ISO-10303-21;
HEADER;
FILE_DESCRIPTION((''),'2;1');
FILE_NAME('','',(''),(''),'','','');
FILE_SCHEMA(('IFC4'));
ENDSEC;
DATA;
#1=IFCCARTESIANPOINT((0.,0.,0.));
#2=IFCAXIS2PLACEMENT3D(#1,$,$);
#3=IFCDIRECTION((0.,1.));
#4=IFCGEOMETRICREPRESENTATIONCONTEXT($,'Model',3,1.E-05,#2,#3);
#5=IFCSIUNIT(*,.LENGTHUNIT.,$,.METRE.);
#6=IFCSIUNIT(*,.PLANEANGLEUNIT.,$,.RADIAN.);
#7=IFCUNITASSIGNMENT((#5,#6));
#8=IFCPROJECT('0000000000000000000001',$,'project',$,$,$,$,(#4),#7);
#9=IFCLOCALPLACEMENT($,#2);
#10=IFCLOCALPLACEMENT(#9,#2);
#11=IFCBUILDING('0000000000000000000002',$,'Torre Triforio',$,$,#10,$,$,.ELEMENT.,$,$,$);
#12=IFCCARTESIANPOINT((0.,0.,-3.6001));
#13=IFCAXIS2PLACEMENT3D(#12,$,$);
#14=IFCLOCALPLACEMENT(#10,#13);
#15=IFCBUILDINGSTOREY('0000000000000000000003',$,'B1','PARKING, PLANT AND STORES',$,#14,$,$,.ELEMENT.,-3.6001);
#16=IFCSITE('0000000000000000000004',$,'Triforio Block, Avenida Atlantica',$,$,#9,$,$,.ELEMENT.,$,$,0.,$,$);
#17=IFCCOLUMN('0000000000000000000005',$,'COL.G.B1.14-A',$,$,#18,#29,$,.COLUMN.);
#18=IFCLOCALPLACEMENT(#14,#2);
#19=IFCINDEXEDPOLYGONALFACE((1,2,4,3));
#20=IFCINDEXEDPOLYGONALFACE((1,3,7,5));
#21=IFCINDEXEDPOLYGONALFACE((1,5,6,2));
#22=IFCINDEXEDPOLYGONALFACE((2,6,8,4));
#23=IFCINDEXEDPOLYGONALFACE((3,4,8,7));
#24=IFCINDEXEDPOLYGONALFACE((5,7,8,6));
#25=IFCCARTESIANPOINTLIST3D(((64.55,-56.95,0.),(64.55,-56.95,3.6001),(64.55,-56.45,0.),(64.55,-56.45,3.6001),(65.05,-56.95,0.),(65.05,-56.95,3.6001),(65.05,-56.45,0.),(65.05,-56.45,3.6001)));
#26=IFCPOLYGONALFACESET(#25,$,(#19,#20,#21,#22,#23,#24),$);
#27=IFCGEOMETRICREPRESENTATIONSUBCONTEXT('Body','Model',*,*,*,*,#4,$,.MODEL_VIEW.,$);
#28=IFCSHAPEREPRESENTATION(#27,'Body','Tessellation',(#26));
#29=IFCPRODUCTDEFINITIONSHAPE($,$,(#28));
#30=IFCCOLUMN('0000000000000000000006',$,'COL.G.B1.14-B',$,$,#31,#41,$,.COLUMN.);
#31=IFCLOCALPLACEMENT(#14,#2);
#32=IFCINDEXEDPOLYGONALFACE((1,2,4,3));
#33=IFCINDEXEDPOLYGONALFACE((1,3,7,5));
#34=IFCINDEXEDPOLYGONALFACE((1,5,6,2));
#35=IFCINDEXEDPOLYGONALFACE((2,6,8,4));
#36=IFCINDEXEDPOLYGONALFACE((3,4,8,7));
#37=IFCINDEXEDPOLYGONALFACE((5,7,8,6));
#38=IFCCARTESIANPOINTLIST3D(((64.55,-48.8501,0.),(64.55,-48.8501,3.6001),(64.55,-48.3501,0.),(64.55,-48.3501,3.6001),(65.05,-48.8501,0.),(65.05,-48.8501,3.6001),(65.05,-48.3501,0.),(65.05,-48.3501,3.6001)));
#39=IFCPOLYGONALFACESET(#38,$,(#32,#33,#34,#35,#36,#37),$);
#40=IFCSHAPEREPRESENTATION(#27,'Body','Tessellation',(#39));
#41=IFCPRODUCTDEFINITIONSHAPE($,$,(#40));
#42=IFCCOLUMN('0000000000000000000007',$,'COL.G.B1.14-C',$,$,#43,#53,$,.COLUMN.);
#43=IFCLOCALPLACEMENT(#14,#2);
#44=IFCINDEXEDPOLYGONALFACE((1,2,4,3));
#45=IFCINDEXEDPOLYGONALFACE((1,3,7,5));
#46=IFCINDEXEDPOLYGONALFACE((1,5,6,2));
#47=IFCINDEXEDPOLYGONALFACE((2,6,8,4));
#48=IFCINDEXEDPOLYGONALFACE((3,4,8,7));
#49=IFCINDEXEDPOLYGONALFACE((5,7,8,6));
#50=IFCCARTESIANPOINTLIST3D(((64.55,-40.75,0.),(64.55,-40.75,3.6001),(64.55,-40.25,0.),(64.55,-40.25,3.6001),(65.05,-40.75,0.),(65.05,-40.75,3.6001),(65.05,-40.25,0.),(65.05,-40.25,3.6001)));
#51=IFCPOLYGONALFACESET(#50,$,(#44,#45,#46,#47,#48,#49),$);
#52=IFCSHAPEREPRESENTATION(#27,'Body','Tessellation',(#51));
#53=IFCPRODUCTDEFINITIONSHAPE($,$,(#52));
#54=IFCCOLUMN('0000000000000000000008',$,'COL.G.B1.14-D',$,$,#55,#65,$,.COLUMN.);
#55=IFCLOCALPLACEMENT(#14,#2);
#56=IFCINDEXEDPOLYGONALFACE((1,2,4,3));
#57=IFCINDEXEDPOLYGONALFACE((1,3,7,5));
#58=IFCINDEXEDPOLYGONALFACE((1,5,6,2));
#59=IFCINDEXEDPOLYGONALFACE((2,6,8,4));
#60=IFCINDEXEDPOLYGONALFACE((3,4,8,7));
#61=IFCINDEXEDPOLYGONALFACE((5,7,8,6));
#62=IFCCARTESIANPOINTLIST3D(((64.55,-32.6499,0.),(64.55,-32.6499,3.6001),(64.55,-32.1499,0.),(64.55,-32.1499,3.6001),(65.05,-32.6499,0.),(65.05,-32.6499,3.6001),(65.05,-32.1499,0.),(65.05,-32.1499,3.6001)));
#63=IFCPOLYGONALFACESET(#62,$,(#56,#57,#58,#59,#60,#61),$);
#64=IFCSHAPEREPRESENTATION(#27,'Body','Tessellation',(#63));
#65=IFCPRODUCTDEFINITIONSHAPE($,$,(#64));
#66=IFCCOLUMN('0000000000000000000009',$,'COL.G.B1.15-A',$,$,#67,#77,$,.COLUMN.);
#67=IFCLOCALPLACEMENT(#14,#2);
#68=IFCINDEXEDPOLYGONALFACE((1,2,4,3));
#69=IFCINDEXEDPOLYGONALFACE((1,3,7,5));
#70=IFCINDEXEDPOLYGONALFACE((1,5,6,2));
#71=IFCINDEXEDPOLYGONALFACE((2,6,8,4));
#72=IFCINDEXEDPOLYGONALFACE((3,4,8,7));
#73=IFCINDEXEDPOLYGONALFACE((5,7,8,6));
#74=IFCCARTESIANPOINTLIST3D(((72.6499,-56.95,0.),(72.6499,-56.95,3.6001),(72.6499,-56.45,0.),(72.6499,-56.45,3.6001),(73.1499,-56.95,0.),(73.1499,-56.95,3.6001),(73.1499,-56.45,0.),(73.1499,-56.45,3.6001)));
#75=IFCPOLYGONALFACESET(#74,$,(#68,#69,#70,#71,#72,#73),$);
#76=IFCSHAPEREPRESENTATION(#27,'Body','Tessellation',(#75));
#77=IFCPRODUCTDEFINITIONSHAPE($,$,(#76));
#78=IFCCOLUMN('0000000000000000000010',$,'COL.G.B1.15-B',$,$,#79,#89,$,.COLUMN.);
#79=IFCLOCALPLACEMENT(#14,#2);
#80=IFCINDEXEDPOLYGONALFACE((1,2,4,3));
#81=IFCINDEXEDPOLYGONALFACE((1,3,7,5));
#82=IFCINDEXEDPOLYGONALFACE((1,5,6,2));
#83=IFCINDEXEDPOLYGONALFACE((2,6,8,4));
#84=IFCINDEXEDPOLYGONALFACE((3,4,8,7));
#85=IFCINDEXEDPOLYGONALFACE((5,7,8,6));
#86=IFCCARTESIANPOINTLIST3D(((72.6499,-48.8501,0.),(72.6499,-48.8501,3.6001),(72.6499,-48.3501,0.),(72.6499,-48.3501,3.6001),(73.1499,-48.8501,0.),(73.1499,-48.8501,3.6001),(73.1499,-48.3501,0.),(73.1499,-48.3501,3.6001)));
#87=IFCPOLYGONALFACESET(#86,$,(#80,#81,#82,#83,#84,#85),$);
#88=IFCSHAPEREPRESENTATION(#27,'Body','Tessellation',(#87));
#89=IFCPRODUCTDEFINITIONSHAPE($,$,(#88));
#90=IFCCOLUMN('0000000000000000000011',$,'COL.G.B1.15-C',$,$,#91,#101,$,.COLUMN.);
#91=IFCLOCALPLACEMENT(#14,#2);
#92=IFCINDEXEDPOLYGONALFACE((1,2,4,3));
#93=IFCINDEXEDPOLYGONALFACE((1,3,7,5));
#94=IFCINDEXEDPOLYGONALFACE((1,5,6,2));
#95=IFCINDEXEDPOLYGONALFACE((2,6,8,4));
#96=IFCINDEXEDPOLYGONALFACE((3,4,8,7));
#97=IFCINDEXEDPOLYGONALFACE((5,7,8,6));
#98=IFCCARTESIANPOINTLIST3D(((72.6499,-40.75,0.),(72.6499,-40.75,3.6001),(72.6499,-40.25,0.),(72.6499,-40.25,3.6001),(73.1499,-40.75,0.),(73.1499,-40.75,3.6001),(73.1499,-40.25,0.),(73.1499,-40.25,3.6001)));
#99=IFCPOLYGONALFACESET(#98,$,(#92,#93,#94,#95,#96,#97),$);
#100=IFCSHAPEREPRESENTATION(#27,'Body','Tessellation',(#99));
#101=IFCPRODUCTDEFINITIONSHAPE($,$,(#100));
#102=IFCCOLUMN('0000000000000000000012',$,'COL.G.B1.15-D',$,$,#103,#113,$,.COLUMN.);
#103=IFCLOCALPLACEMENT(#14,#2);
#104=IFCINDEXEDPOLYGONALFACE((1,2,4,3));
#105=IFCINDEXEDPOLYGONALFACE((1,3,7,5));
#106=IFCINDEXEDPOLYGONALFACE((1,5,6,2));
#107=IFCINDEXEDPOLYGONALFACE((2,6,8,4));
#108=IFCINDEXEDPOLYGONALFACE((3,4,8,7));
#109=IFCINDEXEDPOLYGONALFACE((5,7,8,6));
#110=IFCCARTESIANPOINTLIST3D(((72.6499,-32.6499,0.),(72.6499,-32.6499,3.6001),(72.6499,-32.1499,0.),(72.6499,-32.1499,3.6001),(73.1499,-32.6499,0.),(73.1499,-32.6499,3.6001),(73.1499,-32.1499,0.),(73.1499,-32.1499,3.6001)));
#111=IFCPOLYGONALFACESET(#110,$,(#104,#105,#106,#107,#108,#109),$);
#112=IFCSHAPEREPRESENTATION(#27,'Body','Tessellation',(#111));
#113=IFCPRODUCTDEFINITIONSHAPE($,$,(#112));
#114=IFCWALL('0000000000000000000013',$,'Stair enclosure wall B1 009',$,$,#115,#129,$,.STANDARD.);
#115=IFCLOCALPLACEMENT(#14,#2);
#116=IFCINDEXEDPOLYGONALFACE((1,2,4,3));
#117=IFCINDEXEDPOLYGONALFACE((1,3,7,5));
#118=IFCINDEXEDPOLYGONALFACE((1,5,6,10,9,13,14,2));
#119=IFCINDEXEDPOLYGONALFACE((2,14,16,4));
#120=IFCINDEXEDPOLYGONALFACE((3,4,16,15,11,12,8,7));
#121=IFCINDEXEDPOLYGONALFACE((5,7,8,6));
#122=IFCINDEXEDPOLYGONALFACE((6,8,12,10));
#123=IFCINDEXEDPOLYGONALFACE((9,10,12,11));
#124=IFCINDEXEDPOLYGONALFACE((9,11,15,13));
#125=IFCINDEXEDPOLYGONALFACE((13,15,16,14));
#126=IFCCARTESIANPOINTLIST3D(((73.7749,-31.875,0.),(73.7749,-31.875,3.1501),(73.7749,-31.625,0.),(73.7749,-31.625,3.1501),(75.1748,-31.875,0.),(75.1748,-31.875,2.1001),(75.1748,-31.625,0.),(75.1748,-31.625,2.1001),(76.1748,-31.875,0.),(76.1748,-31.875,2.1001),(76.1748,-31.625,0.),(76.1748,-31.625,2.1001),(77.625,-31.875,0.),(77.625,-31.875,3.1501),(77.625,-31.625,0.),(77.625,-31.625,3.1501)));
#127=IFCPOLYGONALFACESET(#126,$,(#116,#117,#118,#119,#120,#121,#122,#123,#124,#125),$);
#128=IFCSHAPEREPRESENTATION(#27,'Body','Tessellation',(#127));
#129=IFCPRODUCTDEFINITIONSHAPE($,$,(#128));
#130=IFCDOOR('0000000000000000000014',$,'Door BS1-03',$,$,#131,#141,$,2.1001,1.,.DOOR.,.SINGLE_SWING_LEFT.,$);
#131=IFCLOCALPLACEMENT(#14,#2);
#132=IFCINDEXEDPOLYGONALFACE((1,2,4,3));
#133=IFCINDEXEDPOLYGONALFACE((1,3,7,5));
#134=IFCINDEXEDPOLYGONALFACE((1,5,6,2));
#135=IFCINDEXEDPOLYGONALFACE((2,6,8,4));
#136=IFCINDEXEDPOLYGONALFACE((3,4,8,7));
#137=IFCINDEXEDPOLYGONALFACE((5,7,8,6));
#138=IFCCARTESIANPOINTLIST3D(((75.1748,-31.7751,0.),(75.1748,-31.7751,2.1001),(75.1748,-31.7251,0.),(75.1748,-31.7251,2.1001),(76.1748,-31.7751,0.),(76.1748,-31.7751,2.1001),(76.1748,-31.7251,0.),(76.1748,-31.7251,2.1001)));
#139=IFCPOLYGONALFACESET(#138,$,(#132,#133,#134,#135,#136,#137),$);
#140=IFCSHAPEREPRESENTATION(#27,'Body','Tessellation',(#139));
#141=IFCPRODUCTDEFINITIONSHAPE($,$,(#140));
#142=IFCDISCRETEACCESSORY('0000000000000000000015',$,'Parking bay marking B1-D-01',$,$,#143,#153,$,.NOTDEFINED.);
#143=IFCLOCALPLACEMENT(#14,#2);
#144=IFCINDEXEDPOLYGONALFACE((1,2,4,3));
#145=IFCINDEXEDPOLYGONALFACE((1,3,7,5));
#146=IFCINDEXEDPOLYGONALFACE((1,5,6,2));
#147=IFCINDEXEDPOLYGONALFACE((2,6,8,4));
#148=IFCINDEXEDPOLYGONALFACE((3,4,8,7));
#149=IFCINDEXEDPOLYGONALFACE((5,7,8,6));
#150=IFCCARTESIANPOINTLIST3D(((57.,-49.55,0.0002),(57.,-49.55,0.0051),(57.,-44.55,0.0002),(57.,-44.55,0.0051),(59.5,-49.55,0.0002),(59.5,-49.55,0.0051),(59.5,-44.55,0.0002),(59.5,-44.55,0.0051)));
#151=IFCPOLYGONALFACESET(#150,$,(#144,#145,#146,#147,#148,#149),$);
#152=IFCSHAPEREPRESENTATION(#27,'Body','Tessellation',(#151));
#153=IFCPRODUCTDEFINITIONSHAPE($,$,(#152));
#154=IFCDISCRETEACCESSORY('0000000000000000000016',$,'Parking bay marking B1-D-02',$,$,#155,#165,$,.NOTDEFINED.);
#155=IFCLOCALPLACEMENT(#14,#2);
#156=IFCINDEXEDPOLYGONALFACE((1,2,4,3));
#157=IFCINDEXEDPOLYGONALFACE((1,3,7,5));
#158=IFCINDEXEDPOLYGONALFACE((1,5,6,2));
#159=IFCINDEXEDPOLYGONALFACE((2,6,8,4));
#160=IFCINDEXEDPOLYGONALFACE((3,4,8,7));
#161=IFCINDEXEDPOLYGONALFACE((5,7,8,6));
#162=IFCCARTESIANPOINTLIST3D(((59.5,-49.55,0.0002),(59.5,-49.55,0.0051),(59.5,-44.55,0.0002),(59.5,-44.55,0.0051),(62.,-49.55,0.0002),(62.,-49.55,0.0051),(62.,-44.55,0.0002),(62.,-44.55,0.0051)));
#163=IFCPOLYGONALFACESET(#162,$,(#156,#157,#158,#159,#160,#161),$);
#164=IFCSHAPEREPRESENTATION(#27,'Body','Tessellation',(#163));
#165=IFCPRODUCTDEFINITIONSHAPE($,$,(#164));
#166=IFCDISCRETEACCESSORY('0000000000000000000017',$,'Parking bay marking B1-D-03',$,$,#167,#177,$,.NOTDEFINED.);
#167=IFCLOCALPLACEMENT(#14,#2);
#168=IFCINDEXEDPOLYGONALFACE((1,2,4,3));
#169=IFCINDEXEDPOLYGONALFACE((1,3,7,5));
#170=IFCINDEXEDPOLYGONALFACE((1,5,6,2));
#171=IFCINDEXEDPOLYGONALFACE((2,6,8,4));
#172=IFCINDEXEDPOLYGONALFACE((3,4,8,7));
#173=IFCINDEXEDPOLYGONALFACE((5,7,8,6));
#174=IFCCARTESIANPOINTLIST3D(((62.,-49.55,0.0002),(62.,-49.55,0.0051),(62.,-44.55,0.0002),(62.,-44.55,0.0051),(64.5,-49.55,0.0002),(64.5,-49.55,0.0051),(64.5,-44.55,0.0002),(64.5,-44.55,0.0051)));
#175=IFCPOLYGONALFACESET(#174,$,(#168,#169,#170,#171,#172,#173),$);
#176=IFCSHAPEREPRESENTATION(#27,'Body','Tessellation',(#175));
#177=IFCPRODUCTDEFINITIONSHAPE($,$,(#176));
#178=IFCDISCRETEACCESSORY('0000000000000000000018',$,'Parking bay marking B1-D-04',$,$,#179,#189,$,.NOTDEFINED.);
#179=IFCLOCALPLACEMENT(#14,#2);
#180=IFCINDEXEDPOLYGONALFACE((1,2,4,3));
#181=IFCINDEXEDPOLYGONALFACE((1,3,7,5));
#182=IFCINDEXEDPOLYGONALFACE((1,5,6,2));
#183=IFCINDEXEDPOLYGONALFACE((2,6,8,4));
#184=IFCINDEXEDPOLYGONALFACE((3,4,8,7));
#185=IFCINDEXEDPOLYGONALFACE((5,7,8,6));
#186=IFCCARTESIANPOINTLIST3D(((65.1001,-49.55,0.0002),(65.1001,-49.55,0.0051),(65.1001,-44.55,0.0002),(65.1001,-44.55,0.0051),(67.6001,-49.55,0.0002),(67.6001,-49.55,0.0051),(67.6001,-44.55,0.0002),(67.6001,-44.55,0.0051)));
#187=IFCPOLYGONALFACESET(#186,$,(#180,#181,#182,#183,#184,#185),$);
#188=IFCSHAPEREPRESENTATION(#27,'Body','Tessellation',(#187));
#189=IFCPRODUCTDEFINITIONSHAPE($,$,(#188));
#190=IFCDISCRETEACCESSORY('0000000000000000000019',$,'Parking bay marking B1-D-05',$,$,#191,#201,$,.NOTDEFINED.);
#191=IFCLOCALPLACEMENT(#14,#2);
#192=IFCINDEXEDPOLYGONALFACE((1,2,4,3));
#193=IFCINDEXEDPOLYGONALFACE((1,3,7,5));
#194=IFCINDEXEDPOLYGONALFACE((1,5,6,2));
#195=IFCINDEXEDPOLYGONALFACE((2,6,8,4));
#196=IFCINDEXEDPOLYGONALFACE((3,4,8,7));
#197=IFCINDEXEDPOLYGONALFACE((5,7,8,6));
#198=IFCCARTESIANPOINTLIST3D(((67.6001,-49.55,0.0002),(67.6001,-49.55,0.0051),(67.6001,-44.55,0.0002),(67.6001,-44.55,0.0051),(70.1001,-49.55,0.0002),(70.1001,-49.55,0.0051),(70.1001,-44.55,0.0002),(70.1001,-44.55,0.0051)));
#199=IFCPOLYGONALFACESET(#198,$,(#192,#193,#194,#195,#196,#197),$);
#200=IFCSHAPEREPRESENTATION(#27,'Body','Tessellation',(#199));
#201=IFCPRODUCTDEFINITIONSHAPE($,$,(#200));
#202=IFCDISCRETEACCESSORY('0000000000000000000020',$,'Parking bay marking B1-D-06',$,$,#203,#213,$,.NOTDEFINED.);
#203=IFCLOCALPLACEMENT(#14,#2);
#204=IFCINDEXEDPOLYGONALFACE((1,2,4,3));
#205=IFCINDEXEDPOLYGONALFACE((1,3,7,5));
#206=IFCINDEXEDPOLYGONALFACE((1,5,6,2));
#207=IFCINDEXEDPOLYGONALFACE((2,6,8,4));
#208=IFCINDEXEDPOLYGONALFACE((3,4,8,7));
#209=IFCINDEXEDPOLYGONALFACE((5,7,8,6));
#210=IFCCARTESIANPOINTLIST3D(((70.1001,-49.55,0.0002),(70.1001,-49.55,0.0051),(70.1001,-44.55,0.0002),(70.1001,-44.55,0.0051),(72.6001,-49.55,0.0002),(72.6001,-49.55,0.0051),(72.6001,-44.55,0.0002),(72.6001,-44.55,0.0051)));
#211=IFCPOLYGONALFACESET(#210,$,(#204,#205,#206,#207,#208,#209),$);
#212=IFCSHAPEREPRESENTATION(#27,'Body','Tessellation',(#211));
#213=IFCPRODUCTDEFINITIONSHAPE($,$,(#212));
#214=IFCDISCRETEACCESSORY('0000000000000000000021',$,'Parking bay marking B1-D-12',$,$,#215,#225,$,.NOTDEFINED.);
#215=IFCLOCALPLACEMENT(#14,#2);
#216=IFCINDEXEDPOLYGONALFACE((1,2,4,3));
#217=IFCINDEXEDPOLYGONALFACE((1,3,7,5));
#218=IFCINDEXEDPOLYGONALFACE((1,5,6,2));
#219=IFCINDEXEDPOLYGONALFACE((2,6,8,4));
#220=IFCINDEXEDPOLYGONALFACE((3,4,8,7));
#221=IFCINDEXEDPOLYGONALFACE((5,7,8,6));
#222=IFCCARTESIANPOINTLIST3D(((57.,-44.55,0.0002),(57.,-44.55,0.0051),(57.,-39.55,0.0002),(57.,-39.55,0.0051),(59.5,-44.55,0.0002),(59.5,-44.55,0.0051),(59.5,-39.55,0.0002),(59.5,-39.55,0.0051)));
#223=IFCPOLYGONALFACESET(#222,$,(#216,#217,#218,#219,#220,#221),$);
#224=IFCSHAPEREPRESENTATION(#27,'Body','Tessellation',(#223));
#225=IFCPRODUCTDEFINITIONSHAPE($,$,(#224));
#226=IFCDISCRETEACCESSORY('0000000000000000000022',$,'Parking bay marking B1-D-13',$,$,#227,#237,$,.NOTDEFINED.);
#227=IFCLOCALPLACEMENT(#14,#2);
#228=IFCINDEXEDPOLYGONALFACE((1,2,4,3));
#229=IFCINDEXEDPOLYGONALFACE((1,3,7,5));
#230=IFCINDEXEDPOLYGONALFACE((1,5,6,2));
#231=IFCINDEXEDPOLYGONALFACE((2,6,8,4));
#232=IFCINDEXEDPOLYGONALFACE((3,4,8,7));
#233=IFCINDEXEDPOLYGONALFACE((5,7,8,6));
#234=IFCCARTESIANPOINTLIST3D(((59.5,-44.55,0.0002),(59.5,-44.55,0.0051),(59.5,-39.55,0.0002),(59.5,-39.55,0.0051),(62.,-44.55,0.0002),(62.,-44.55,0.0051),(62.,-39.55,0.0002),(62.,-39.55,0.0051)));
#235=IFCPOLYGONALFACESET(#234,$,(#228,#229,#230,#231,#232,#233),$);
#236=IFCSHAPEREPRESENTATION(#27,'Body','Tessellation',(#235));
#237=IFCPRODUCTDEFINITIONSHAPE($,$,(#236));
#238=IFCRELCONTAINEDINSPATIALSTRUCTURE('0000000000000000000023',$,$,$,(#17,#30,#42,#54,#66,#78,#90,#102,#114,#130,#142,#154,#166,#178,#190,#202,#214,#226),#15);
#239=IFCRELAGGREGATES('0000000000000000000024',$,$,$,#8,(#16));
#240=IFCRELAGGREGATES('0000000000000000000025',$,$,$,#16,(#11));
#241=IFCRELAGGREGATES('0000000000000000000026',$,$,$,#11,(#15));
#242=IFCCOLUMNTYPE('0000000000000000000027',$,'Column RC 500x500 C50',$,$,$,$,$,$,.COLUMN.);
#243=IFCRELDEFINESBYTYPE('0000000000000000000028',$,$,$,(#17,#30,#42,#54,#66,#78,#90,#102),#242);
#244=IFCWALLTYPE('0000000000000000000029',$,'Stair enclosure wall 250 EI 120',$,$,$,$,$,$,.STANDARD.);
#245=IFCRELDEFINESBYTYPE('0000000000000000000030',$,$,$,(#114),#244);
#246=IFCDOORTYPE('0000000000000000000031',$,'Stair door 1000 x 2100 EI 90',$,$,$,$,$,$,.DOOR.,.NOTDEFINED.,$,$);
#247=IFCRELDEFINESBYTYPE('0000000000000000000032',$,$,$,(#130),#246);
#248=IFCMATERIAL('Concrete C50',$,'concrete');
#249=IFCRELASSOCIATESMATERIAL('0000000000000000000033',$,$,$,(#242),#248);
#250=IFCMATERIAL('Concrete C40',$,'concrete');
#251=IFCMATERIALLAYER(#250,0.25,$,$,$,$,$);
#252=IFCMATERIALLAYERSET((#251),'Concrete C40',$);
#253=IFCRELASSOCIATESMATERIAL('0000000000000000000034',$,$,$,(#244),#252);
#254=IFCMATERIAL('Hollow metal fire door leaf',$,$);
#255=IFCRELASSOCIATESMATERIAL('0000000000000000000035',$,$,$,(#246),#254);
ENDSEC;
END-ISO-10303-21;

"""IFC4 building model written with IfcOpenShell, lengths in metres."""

from ifc_helpers import new_model, si_unit, direction, frame, frame_2d, origin, origin_2d, place, context, subcontext, project, spatial, rectangle, extrude, material, layer, layer_set, material_profile, profile_set, type_object, element, fill, save


model = new_model("IFC4")

# Units and contexts
model_context = context("Model", 3, precision=1e-05, world=origin(), true_north=direction((0.0, 1.0)))
body_context = subcontext(model_context, "Body", "Model", "MODEL_VIEW")
ifc_project = project(units=[si_unit("LENGTHUNIT", "METRE"), si_unit("PLANEANGLEUNIT", "RADIAN")], contexts=[model_context])

# Site, building, storey
site_placement = place(None, origin())
site = spatial("IfcSite", under=ifc_project, at=site_placement, Name="Triforio Block, Avenida Atlantica", CompositionType="ELEMENT", RefElevation=0.0)
building_placement = place(site_placement, origin())
building = spatial("IfcBuilding", under=site, at=building_placement, Name="Torre Triforio", CompositionType="ELEMENT")
storey_placement = place(building_placement, frame((0.0, 0.0, -3.6001)))
storey = spatial("IfcBuildingStorey", under=building, at=storey_placement, Name="B1", Description="PARKING, PLANT AND STORES", CompositionType="ELEMENT", Elevation=-3.6001)

# Columns
ifc_material_1 = material(Name="Concrete C50", Category="concrete")
ifc_material_profile = material_profile(ifc_material_1, rectangle(XDim=0.5, YDim=0.5, at=origin_2d()), Name="RC 500x500")
ifc_profile_set = profile_set([ifc_material_profile], Name="Concrete C50")
column_type = type_object("IfcColumnType", Name="Column RC 500x500 C50", PredefinedType="COLUMN", material=ifc_profile_set)
for number, where, z_axis, x_axis, name in (
    (1, (64.8, -56.7, 0.0), (0.0, 0.0, 1.0), (1.0, 0.0, 0.0), "COL.G.B1.14-A"),
    (2, (64.8, -48.6001, 0.0), (0.0, 0.0, 1.0), (1.0, 0.0, 0.0), "COL.G.B1.14-B"),
    (3, (64.8, -40.5, 0.0), (0.0, 0.0, 1.0), (1.0, 0.0, 0.0), "COL.G.B1.14-C"),
    (4, (64.8, -32.3999, 0.0), (0.0, 0.0, 1.0), (1.0, 0.0, 0.0), "COL.G.B1.14-D"),
    (5, (72.8999, -56.7, 0.0), (0.0, 0.0, 1.0), (1.0, 0.0, 0.0), "COL.G.B1.15-A"),
    (6, (72.8999, -48.6001, 0.0), (0.0, 0.0, 1.0), (1.0, 0.0, 0.0), "COL.G.B1.15-B"),
    (7, (72.8999, -40.5, 0.0), (0.0, 0.0, 1.0), (1.0, 0.0, 0.0), "COL.G.B1.15-C"),
    (8, (72.8999, -32.3999, 0.0), (0.0, 0.0, 1.0), (1.0, 0.0, 0.0), "COL.G.B1.15-D"),
):
    element("IfcColumn", number, at=place(storey_placement, frame(where, z_axis=z_axis, x_axis=x_axis)), inside=storey, type_object=column_type, Name=name, PredefinedType="COLUMN", context=body_context, shape_type="SweptSolid", body=[
        extrude(rectangle(XDim=0.5, YDim=0.5, at=origin_2d()), origin(), (0.0, 0.0, 1.0), 3.6001),
    ])

# Wall, opening, door
ifc_material_2 = material(Name="Concrete C40", Category="concrete")
ifc_layer = layer(ifc_material_2, 0.25)
ifc_layer_set = layer_set([ifc_layer], Name="Concrete C40")
wall_type = type_object("IfcWallType", Name="Stair enclosure wall 250 EI 120", PredefinedType="STANDARD", material=ifc_layer_set)
wall_placement = place(storey_placement, frame((73.7749, -31.75, 0.0), z_axis=(0.0, 0.0, 1.0), x_axis=(1.0, 0.0, 0.0)))
wall = element("IfcWall", 9, at=wall_placement, inside=storey, type_object=wall_type, Name="Stair enclosure wall B1 009", PredefinedType="STANDARD", context=body_context, shape_type="SweptSolid", body=[
    extrude(rectangle(XDim=3.8501, YDim=0.25, at=frame_2d((1.925, 0.0))), origin(), (0.0, 0.0, 1.0), 3.1501),
])
opening_placement = place(wall_placement, frame((1.3999, 0.0, 0.0)))
opening = element("IfcOpeningElement", 10, at=opening_placement, cuts=wall, PredefinedType="OPENING", context=body_context, shape_type="SweptSolid", body=[
    extrude(rectangle(XDim=1.0, YDim=2.1001, at=frame_2d((0.5, 1.05))), frame((0.0, 0.135, 0.0), z_axis=(0.0, -1.0, 0.0), x_axis=(1.0, 0.0, 0.0)), (0.0, 0.0, 1.0), 0.27),
])
ifc_material_3 = material(Name="Hollow metal fire door leaf")
door_type = type_object("IfcDoorType", Name="Stair door 1000 x 2100 EI 90", OperationType="NOTDEFINED", PredefinedType="DOOR", material=ifc_material_3)
door_placement = place(opening_placement, origin())
door = element("IfcDoor", 11, at=door_placement, inside=storey, type_object=door_type, Name="Door BS1-03", OperationType="SINGLE_SWING_LEFT", OverallHeight=2.1001, OverallWidth=1.0, PredefinedType="DOOR", context=body_context, shape_type="SweptSolid", body=[
    extrude(rectangle(XDim=1.0, YDim=2.1001, at=frame_2d((0.5, 1.05))), frame((0.0, 0.0249, 0.0), z_axis=(0.0, -1.0, 0.0), x_axis=(1.0, 0.0, 0.0)), (0.0, 0.0, 1.0), 0.05),
])
fill(opening, door)

# Discrete accessories
for number, where, z_axis, x_axis, name in (
    (12, (58.25, -47.05, 0.0002), (0.0, 0.0, 1.0), (1.0, 0.0, 0.0), "Parking bay marking B1-D-01"),
    (13, (60.75, -47.05, 0.0002), (0.0, 0.0, 1.0), (1.0, 0.0, 0.0), "Parking bay marking B1-D-02"),
    (14, (63.25, -47.05, 0.0002), (0.0, 0.0, 1.0), (1.0, 0.0, 0.0), "Parking bay marking B1-D-03"),
    (15, (66.3501, -47.05, 0.0002), (0.0, 0.0, 1.0), (1.0, 0.0, 0.0), "Parking bay marking B1-D-04"),
    (16, (68.8501, -47.05, 0.0002), (0.0, 0.0, 1.0), (1.0, 0.0, 0.0), "Parking bay marking B1-D-05"),
    (17, (71.3501, -47.05, 0.0002), (0.0, 0.0, 1.0), (1.0, 0.0, 0.0), "Parking bay marking B1-D-06"),
    (18, (58.25, -42.05, 0.0002), (0.0, 0.0, 1.0), (1.0, 0.0, 0.0), "Parking bay marking B1-D-12"),
    (19, (60.75, -42.05, 0.0002), (0.0, 0.0, 1.0), (1.0, 0.0, 0.0), "Parking bay marking B1-D-13"),
):
    element("IfcDiscreteAccessory", number, at=place(storey_placement, frame(where, z_axis=z_axis, x_axis=x_axis)), inside=storey, Name=name, PredefinedType="NOTDEFINED", context=body_context, shape_type="SweptSolid", body=[
        extrude(rectangle(XDim=2.5, YDim=5.0, at=origin_2d()), origin(), (0.0, 0.0, 1.0), 0.0049),
    ])

save(model, "model.ifc")
